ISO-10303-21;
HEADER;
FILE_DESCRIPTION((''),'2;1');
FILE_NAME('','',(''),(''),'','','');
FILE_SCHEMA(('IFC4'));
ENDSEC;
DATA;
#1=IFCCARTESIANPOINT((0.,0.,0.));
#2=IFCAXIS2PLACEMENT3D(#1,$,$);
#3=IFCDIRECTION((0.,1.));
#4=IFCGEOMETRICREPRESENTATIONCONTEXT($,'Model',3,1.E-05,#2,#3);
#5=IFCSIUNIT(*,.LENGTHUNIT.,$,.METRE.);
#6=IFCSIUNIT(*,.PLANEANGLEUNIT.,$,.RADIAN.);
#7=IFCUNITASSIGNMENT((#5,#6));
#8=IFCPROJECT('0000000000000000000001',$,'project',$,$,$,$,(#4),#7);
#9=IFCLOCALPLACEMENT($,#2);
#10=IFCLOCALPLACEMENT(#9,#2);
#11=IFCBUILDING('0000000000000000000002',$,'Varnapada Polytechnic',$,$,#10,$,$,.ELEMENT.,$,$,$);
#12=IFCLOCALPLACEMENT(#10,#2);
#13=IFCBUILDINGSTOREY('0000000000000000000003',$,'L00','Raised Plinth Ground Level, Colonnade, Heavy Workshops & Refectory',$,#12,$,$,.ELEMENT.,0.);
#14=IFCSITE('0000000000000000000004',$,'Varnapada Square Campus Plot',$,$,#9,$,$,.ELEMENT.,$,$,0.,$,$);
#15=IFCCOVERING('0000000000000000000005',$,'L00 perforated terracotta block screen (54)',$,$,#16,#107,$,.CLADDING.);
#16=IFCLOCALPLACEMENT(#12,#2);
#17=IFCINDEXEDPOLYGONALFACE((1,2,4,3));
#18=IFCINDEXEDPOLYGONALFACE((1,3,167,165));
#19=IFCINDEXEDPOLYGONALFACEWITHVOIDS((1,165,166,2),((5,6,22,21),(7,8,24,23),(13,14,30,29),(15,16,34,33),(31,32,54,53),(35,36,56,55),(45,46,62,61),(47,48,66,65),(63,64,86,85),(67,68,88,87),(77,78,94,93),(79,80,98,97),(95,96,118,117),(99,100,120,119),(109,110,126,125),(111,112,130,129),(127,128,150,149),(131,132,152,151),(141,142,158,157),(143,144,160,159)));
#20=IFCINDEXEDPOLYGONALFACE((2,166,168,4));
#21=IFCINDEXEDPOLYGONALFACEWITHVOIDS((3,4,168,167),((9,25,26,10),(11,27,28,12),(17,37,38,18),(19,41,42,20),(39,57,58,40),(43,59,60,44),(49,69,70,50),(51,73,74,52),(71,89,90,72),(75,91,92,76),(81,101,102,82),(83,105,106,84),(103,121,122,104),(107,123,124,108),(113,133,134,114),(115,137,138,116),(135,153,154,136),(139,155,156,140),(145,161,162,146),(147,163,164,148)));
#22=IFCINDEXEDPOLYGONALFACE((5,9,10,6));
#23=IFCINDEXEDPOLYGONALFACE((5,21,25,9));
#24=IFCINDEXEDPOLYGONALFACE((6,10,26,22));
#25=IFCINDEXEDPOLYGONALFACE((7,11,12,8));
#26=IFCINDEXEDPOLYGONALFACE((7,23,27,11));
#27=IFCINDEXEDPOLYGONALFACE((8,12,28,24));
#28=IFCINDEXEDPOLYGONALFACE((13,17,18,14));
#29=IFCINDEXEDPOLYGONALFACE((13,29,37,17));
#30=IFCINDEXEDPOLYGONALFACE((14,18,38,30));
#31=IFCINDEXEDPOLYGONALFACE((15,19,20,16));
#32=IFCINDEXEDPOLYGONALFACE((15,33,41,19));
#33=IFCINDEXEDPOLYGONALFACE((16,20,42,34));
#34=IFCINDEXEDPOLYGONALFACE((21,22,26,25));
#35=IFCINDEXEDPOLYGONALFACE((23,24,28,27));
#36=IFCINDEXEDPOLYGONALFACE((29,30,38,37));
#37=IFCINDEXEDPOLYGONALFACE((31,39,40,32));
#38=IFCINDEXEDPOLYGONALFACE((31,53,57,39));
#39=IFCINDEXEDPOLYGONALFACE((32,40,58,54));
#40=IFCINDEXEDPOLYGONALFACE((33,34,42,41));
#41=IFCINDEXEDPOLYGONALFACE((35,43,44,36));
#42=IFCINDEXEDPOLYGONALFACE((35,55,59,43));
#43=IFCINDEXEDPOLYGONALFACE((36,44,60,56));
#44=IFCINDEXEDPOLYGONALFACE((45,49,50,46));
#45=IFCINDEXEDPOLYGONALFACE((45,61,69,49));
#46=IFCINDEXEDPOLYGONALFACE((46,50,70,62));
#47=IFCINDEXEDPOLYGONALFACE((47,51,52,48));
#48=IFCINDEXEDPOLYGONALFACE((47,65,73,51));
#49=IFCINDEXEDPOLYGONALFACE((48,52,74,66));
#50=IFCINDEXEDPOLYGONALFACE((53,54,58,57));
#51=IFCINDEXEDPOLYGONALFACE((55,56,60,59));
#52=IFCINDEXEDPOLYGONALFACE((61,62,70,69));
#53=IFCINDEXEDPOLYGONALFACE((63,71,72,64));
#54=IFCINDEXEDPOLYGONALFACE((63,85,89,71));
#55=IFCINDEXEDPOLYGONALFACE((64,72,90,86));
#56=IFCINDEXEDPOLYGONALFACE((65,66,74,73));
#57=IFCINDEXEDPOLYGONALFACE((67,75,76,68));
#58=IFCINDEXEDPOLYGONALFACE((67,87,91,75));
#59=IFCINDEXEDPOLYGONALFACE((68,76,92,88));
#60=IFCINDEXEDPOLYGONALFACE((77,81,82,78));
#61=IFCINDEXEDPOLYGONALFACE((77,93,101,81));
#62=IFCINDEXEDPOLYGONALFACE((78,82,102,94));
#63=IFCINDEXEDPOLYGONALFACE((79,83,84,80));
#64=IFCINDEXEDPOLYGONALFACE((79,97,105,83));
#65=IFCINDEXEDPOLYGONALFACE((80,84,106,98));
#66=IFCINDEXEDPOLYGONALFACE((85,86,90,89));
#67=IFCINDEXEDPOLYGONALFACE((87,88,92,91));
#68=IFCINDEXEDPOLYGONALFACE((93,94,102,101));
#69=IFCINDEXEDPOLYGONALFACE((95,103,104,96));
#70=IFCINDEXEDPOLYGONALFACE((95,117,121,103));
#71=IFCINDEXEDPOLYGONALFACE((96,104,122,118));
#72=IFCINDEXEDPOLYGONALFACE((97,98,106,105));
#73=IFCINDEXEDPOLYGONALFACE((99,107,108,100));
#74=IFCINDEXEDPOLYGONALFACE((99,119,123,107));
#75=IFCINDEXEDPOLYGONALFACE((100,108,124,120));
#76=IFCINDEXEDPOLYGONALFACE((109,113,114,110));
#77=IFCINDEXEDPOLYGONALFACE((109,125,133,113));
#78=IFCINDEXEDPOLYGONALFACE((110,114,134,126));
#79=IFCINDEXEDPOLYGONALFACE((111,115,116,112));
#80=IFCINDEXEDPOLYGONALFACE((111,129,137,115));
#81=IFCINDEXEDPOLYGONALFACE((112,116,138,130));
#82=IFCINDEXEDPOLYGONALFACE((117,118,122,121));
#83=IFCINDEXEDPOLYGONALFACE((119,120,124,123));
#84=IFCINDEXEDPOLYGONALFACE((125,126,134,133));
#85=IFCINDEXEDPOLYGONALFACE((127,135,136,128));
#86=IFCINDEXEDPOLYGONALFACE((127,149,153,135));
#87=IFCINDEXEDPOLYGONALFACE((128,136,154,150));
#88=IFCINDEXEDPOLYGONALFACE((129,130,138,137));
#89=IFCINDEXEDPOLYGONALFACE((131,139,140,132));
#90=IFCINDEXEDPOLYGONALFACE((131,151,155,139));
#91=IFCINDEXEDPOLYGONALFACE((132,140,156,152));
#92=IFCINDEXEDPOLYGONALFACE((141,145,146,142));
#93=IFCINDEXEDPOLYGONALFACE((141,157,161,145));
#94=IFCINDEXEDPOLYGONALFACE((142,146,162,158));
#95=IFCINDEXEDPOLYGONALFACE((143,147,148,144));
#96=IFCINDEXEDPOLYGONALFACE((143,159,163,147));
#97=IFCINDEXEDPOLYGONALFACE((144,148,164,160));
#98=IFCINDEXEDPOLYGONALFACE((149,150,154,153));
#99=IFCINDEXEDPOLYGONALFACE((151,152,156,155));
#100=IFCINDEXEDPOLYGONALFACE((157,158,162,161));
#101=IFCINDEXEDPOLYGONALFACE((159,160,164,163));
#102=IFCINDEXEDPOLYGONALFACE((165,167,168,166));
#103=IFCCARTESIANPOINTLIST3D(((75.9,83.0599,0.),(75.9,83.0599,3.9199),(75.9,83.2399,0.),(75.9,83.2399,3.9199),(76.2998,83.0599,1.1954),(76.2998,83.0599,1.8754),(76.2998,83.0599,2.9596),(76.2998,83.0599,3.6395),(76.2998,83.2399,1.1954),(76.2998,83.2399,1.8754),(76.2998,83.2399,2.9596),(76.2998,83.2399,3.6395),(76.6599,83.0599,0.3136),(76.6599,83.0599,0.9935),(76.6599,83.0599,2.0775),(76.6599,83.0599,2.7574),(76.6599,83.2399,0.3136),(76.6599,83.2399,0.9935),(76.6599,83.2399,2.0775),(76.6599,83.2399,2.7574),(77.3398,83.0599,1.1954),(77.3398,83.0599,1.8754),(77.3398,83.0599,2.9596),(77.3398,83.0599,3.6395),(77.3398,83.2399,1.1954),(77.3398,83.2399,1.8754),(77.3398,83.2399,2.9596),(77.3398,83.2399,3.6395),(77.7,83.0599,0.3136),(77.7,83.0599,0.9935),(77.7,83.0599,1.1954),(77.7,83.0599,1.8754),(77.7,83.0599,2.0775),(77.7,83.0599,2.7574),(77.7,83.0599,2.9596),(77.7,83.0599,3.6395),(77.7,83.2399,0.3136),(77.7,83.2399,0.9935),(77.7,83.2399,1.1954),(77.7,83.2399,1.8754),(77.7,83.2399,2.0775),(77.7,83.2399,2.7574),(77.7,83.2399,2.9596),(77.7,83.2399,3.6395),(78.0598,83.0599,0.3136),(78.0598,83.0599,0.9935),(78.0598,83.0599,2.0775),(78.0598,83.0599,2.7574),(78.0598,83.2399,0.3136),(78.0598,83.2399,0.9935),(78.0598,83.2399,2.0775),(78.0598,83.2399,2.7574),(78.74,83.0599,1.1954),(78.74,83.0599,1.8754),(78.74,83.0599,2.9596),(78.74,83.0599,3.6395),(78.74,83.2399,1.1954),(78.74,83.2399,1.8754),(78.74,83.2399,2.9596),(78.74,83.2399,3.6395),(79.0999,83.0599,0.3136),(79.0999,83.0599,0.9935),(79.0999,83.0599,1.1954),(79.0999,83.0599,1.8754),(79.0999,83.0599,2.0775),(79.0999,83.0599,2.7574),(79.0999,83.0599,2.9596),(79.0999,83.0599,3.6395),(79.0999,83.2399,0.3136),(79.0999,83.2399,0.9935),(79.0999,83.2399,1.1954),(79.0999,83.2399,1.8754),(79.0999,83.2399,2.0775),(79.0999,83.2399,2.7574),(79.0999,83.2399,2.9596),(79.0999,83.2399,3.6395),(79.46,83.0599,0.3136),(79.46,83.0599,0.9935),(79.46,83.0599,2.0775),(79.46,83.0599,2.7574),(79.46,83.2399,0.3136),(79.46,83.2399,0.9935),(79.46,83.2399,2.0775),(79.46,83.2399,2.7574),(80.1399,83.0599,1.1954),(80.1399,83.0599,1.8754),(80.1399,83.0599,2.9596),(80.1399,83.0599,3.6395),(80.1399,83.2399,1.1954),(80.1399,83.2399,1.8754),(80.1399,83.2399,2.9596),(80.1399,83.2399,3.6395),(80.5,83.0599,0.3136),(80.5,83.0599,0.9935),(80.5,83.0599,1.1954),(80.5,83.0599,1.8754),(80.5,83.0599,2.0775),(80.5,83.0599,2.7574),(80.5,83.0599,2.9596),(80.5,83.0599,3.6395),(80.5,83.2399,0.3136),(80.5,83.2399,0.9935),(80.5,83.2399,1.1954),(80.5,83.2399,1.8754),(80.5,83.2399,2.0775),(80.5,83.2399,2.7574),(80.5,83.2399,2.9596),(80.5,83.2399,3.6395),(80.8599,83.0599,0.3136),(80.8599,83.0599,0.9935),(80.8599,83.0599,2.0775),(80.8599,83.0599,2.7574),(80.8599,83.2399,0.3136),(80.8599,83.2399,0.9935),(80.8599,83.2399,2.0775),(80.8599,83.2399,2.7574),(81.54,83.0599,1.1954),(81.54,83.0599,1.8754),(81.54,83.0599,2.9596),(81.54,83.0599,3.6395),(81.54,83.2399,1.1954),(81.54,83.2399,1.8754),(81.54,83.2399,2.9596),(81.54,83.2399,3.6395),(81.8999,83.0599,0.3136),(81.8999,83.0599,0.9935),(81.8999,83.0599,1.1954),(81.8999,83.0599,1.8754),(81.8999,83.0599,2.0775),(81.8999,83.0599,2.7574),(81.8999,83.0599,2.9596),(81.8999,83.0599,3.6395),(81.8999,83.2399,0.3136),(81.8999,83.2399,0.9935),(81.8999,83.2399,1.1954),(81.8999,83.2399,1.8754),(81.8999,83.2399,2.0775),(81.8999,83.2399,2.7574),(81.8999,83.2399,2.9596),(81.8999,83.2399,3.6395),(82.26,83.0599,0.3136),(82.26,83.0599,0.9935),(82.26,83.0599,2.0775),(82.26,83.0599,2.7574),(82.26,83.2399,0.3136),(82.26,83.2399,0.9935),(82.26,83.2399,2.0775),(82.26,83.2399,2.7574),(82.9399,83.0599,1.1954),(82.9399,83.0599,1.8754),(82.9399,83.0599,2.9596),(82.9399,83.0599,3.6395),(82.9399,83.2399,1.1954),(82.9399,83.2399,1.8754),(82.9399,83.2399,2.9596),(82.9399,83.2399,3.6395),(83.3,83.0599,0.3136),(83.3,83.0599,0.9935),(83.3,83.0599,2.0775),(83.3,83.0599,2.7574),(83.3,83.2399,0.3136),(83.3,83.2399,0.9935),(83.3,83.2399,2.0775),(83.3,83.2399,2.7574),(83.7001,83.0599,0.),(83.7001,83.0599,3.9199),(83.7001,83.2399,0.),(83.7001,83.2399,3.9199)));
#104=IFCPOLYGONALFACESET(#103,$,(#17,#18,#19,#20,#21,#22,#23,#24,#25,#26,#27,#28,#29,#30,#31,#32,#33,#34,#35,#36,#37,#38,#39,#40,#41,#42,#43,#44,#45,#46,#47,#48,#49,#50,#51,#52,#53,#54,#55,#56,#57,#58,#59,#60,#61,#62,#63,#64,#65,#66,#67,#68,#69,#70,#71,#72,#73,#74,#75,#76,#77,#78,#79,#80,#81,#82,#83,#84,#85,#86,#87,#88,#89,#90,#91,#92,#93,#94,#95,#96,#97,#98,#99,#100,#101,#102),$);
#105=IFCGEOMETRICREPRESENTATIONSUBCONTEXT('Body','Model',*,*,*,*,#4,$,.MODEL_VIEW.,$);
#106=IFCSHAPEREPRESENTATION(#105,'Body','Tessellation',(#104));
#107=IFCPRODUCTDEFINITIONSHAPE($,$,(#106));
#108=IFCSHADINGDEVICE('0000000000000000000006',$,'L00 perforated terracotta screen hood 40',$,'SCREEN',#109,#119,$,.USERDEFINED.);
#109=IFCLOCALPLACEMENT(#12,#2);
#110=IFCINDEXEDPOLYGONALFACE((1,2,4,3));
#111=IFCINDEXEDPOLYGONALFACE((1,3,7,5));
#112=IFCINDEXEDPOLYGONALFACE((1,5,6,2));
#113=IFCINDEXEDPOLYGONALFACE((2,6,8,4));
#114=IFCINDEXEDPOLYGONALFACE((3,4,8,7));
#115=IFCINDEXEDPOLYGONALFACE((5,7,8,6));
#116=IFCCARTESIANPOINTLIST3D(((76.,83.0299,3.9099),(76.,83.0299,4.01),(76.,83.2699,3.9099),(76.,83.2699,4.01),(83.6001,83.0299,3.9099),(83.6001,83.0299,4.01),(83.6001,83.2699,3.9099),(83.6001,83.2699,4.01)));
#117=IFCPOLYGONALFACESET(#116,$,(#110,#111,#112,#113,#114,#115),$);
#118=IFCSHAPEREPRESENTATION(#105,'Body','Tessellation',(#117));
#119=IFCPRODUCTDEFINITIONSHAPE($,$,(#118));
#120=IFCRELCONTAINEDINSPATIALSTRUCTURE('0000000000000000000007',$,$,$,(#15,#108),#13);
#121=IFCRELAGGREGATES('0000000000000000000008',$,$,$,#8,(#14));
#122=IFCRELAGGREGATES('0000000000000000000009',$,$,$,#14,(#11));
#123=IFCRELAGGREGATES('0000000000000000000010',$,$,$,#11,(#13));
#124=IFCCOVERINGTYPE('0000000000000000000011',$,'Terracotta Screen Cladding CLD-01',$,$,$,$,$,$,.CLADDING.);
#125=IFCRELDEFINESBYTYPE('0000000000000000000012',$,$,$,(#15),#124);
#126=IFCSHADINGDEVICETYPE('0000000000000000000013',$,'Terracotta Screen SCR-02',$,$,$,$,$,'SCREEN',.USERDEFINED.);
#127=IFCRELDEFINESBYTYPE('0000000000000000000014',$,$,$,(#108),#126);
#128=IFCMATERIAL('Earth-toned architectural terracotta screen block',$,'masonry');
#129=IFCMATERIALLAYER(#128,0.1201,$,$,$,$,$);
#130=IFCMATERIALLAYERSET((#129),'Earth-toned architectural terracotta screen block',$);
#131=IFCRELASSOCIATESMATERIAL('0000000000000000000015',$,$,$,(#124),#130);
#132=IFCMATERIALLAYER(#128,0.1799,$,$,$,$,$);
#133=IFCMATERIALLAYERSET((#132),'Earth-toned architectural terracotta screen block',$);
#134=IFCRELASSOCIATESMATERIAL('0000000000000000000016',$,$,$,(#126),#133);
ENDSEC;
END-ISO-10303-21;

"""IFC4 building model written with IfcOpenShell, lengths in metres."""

from ifc_helpers import new_model, si_unit, direction, frame, frame_2d, origin, origin_2d, place, context, subcontext, project, spatial, rectangle, extrude, material, layer, layer_set, type_object, element, save


model = new_model("IFC4")

# Units and contexts
model_context = context("Model", 3, precision=1e-05, world=origin(), true_north=direction((0.0, 1.0)))
body_context = subcontext(model_context, "Body", "Model", "MODEL_VIEW")
ifc_project = project(units=[si_unit("LENGTHUNIT", "METRE"), si_unit("PLANEANGLEUNIT", "RADIAN")], contexts=[model_context])

# Site, building, storey
site_placement = place(None, origin())
site = spatial("IfcSite", under=ifc_project, at=site_placement, Name="Varnapada Square Campus Plot", CompositionType="ELEMENT", RefElevation=0.0)
building_placement = place(site_placement, origin())
building = spatial("IfcBuilding", under=site, at=building_placement, Name="Varnapada Polytechnic", CompositionType="ELEMENT")
storey_placement = place(building_placement, origin())
storey = spatial("IfcBuildingStorey", under=building, at=storey_placement, Name="L00", Description="Raised Plinth Ground Level, Colonnade, Heavy Workshops & Refectory", CompositionType="ELEMENT", Elevation=0.0)

# Covering, openings
ifc_material_1 = material(Name="Earth-toned architectural terracotta screen block", Category="masonry")
ifc_layer_1 = layer(ifc_material_1, 0.1201)
ifc_layer_set_1 = layer_set([ifc_layer_1], Name="Earth-toned architectural terracotta screen block")
covering_type = type_object("IfcCoveringType", Name="Terracotta Screen Cladding CLD-01", PredefinedType="CLADDING", material=ifc_layer_set_1)
covering_placement = place(storey_placement, frame((83.7, 83.1499, 0.0), z_axis=(0.0, 0.0, 1.0), x_axis=(-1.0, 0.0, 0.0)))
covering = element("IfcCovering", 1, at=covering_placement, inside=storey, type_object=covering_type, Name="L00 perforated terracotta block screen (54)", PredefinedType="CLADDING", context=body_context, shape_type="SweptSolid", body=[
    extrude(rectangle(XDim=7.8, YDim=0.1799, at=frame_2d((3.8999, 0.0))), origin(), (0.0, 0.0, 1.0), 3.9199),
])
opening_1_placement = place(covering_placement, frame((0.3999, 0.0, 0.3137)))
element("IfcOpeningElement", 2, at=opening_1_placement, cuts=covering, PredefinedType="OPENING", context=body_context, shape_type="SweptSolid", body=[
    extrude(rectangle(XDim=1.04, YDim=0.6799, at=frame_2d((0.52, 0.3398))), frame((0.0, 0.0999, 0.0), z_axis=(0.0, -1.0, 0.0), x_axis=(1.0, 0.0, 0.0)), (0.0, 0.0, 1.0), 0.2),
])
opening_2_placement = place(covering_placement, frame((1.8, 0.0, 0.3137)))
element("IfcOpeningElement", 3, at=opening_2_placement, cuts=covering, PredefinedType="OPENING", context=body_context, shape_type="SweptSolid", body=[
    extrude(rectangle(XDim=1.04, YDim=0.6799, at=frame_2d((0.52, 0.3398))), frame((0.0, 0.0999, 0.0), z_axis=(0.0, -1.0, 0.0), x_axis=(1.0, 0.0, 0.0)), (0.0, 0.0, 1.0), 0.2),
])
opening_3_placement = place(covering_placement, frame((3.2, 0.0, 0.3137)))
element("IfcOpeningElement", 4, at=opening_3_placement, cuts=covering, PredefinedType="OPENING", context=body_context, shape_type="SweptSolid", body=[
    extrude(rectangle(XDim=1.04, YDim=0.6799, at=frame_2d((0.52, 0.3398))), frame((0.0, 0.0999, 0.0), z_axis=(0.0, -1.0, 0.0), x_axis=(1.0, 0.0, 0.0)), (0.0, 0.0, 1.0), 0.2),
])
opening_4_placement = place(covering_placement, frame((4.6001, 0.0, 0.3137)))
element("IfcOpeningElement", 5, at=opening_4_placement, cuts=covering, PredefinedType="OPENING", context=body_context, shape_type="SweptSolid", body=[
    extrude(rectangle(XDim=1.04, YDim=0.6799, at=frame_2d((0.52, 0.3398))), frame((0.0, 0.0999, 0.0), z_axis=(0.0, -1.0, 0.0), x_axis=(1.0, 0.0, 0.0)), (0.0, 0.0, 1.0), 0.2),
])
opening_5_placement = place(covering_placement, frame((6.0, 0.0, 0.3137)))
element("IfcOpeningElement", 6, at=opening_5_placement, cuts=covering, PredefinedType="OPENING", context=body_context, shape_type="SweptSolid", body=[
    extrude(rectangle(XDim=1.04, YDim=0.6799, at=frame_2d((0.52, 0.3398))), frame((0.0, 0.0999, 0.0), z_axis=(0.0, -1.0, 0.0), x_axis=(1.0, 0.0, 0.0)), (0.0, 0.0, 1.0), 0.2),
])
opening_6_placement = place(covering_placement, frame((0.76, 0.0, 1.1956)))
element("IfcOpeningElement", 7, at=opening_6_placement, cuts=covering, PredefinedType="OPENING", context=body_context, shape_type="SweptSolid", body=[
    extrude(rectangle(XDim=1.04, YDim=0.6799, at=frame_2d((0.52, 0.3398))), frame((0.0, 0.0999, 0.0), z_axis=(0.0, -1.0, 0.0), x_axis=(1.0, 0.0, 0.0)), (0.0, 0.0, 1.0), 0.2),
])
opening_7_placement = place(covering_placement, frame((2.1599, 0.0, 1.1956)))
element("IfcOpeningElement", 8, at=opening_7_placement, cuts=covering, PredefinedType="OPENING", context=body_context, shape_type="SweptSolid", body=[
    extrude(rectangle(XDim=1.04, YDim=0.6799, at=frame_2d((0.52, 0.3398))), frame((0.0, 0.0999, 0.0), z_axis=(0.0, -1.0, 0.0), x_axis=(1.0, 0.0, 0.0)), (0.0, 0.0, 1.0), 0.2),
])
opening_8_placement = place(covering_placement, frame((3.5601, 0.0, 1.1956)))
element("IfcOpeningElement", 9, at=opening_8_placement, cuts=covering, PredefinedType="OPENING", context=body_context, shape_type="SweptSolid", body=[
    extrude(rectangle(XDim=1.04, YDim=0.6799, at=frame_2d((0.52, 0.3398))), frame((0.0, 0.0999, 0.0), z_axis=(0.0, -1.0, 0.0), x_axis=(1.0, 0.0, 0.0)), (0.0, 0.0, 1.0), 0.2),
])
opening_9_placement = place(covering_placement, frame((4.96, 0.0, 1.1956)))
element("IfcOpeningElement", 10, at=opening_9_placement, cuts=covering, PredefinedType="OPENING", context=body_context, shape_type="SweptSolid", body=[
    extrude(rectangle(XDim=1.04, YDim=0.6799, at=frame_2d((0.52, 0.3398))), frame((0.0, 0.0999, 0.0), z_axis=(0.0, -1.0, 0.0), x_axis=(1.0, 0.0, 0.0)), (0.0, 0.0, 1.0), 0.2),
])
opening_10_placement = place(covering_placement, frame((6.3601, 0.0, 1.1956)))
element("IfcOpeningElement", 11, at=opening_10_placement, cuts=covering, PredefinedType="OPENING", context=body_context, shape_type="SweptSolid", body=[
    extrude(rectangle(XDim=1.04, YDim=0.6799, at=frame_2d((0.52, 0.3398))), frame((0.0, 0.0999, 0.0), z_axis=(0.0, -1.0, 0.0), x_axis=(1.0, 0.0, 0.0)), (0.0, 0.0, 1.0), 0.2),
])
opening_11_placement = place(covering_placement, frame((0.3999, 0.0, 2.0776)))
element("IfcOpeningElement", 12, at=opening_11_placement, cuts=covering, PredefinedType="OPENING", context=body_context, shape_type="SweptSolid", body=[
    extrude(rectangle(XDim=1.04, YDim=0.6799, at=frame_2d((0.52, 0.3398))), frame((0.0, 0.0999, 0.0), z_axis=(0.0, -1.0, 0.0), x_axis=(1.0, 0.0, 0.0)), (0.0, 0.0, 1.0), 0.2),
])
opening_12_placement = place(covering_placement, frame((1.8, 0.0, 2.0776)))
element("IfcOpeningElement", 13, at=opening_12_placement, cuts=covering, PredefinedType="OPENING", context=body_context, shape_type="SweptSolid", body=[
    extrude(rectangle(XDim=1.04, YDim=0.6799, at=frame_2d((0.52, 0.3398))), frame((0.0, 0.0999, 0.0), z_axis=(0.0, -1.0, 0.0), x_axis=(1.0, 0.0, 0.0)), (0.0, 0.0, 1.0), 0.2),
])
opening_13_placement = place(covering_placement, frame((3.2, 0.0, 2.0776)))
element("IfcOpeningElement", 14, at=opening_13_placement, cuts=covering, PredefinedType="OPENING", context=body_context, shape_type="SweptSolid", body=[
    extrude(rectangle(XDim=1.04, YDim=0.6799, at=frame_2d((0.52, 0.3398))), frame((0.0, 0.0999, 0.0), z_axis=(0.0, -1.0, 0.0), x_axis=(1.0, 0.0, 0.0)), (0.0, 0.0, 1.0), 0.2),
])
opening_14_placement = place(covering_placement, frame((4.6001, 0.0, 2.0776)))
element("IfcOpeningElement", 15, at=opening_14_placement, cuts=covering, PredefinedType="OPENING", context=body_context, shape_type="SweptSolid", body=[
    extrude(rectangle(XDim=1.04, YDim=0.6799, at=frame_2d((0.52, 0.3398))), frame((0.0, 0.0999, 0.0), z_axis=(0.0, -1.0, 0.0), x_axis=(1.0, 0.0, 0.0)), (0.0, 0.0, 1.0), 0.2),
])
opening_15_placement = place(covering_placement, frame((6.0, 0.0, 2.0776)))
element("IfcOpeningElement", 16, at=opening_15_placement, cuts=covering, PredefinedType="OPENING", context=body_context, shape_type="SweptSolid", body=[
    extrude(rectangle(XDim=1.04, YDim=0.6799, at=frame_2d((0.52, 0.3398))), frame((0.0, 0.0999, 0.0), z_axis=(0.0, -1.0, 0.0), x_axis=(1.0, 0.0, 0.0)), (0.0, 0.0, 1.0), 0.2),
])
opening_16_placement = place(covering_placement, frame((0.76, 0.0, 2.9597)))
element("IfcOpeningElement", 17, at=opening_16_placement, cuts=covering, PredefinedType="OPENING", context=body_context, shape_type="SweptSolid", body=[
    extrude(rectangle(XDim=1.04, YDim=0.6799, at=frame_2d((0.52, 0.3398))), frame((0.0, 0.0999, 0.0), z_axis=(0.0, -1.0, 0.0), x_axis=(1.0, 0.0, 0.0)), (0.0, 0.0, 1.0), 0.2),
])
opening_17_placement = place(covering_placement, frame((2.1599, 0.0, 2.9597)))
element("IfcOpeningElement", 18, at=opening_17_placement, cuts=covering, PredefinedType="OPENING", context=body_context, shape_type="SweptSolid", body=[
    extrude(rectangle(XDim=1.04, YDim=0.6799, at=frame_2d((0.52, 0.3398))), frame((0.0, 0.0999, 0.0), z_axis=(0.0, -1.0, 0.0), x_axis=(1.0, 0.0, 0.0)), (0.0, 0.0, 1.0), 0.2),
])
opening_18_placement = place(covering_placement, frame((3.5601, 0.0, 2.9597)))
element("IfcOpeningElement", 19, at=opening_18_placement, cuts=covering, PredefinedType="OPENING", context=body_context, shape_type="SweptSolid", body=[
    extrude(rectangle(XDim=1.04, YDim=0.6799, at=frame_2d((0.52, 0.3398))), frame((0.0, 0.0999, 0.0), z_axis=(0.0, -1.0, 0.0), x_axis=(1.0, 0.0, 0.0)), (0.0, 0.0, 1.0), 0.2),
])
opening_19_placement = place(covering_placement, frame((4.96, 0.0, 2.9597)))
element("IfcOpeningElement", 20, at=opening_19_placement, cuts=covering, PredefinedType="OPENING", context=body_context, shape_type="SweptSolid", body=[
    extrude(rectangle(XDim=1.04, YDim=0.6799, at=frame_2d((0.52, 0.3398))), frame((0.0, 0.0999, 0.0), z_axis=(0.0, -1.0, 0.0), x_axis=(1.0, 0.0, 0.0)), (0.0, 0.0, 1.0), 0.2),
])
opening_20_placement = place(covering_placement, frame((6.3601, 0.0, 2.9597)))
element("IfcOpeningElement", 21, at=opening_20_placement, cuts=covering, PredefinedType="OPENING", context=body_context, shape_type="SweptSolid", body=[
    extrude(rectangle(XDim=1.04, YDim=0.6799, at=frame_2d((0.52, 0.3398))), frame((0.0, 0.0999, 0.0), z_axis=(0.0, -1.0, 0.0), x_axis=(1.0, 0.0, 0.0)), (0.0, 0.0, 1.0), 0.2),
])

# Shading device
ifc_layer_2 = layer(ifc_material_1, 0.1799)
ifc_layer_set_2 = layer_set([ifc_layer_2], Name="Earth-toned architectural terracotta screen block")
shading_device_type = type_object("IfcShadingDeviceType", Name="Terracotta Screen SCR-02", ElementType="SCREEN", PredefinedType="USERDEFINED", material=ifc_layer_set_2)
shading_device_placement = place(storey_placement, frame((79.8, 83.1499, 3.9099), z_axis=(0.0, 0.0, 1.0), x_axis=(-1.0, 0.0, 0.0)))
element("IfcShadingDevice", 22, at=shading_device_placement, inside=storey, type_object=shading_device_type, Name="L00 perforated terracotta screen hood 40", ObjectType="SCREEN", PredefinedType="USERDEFINED", context=body_context, shape_type="SweptSolid", body=[
    extrude(rectangle(XDim=7.6001, YDim=0.24, at=origin_2d()), origin(), (0.0, 0.0, 1.0), 0.1001),
])

save(model, "model.ifc")
